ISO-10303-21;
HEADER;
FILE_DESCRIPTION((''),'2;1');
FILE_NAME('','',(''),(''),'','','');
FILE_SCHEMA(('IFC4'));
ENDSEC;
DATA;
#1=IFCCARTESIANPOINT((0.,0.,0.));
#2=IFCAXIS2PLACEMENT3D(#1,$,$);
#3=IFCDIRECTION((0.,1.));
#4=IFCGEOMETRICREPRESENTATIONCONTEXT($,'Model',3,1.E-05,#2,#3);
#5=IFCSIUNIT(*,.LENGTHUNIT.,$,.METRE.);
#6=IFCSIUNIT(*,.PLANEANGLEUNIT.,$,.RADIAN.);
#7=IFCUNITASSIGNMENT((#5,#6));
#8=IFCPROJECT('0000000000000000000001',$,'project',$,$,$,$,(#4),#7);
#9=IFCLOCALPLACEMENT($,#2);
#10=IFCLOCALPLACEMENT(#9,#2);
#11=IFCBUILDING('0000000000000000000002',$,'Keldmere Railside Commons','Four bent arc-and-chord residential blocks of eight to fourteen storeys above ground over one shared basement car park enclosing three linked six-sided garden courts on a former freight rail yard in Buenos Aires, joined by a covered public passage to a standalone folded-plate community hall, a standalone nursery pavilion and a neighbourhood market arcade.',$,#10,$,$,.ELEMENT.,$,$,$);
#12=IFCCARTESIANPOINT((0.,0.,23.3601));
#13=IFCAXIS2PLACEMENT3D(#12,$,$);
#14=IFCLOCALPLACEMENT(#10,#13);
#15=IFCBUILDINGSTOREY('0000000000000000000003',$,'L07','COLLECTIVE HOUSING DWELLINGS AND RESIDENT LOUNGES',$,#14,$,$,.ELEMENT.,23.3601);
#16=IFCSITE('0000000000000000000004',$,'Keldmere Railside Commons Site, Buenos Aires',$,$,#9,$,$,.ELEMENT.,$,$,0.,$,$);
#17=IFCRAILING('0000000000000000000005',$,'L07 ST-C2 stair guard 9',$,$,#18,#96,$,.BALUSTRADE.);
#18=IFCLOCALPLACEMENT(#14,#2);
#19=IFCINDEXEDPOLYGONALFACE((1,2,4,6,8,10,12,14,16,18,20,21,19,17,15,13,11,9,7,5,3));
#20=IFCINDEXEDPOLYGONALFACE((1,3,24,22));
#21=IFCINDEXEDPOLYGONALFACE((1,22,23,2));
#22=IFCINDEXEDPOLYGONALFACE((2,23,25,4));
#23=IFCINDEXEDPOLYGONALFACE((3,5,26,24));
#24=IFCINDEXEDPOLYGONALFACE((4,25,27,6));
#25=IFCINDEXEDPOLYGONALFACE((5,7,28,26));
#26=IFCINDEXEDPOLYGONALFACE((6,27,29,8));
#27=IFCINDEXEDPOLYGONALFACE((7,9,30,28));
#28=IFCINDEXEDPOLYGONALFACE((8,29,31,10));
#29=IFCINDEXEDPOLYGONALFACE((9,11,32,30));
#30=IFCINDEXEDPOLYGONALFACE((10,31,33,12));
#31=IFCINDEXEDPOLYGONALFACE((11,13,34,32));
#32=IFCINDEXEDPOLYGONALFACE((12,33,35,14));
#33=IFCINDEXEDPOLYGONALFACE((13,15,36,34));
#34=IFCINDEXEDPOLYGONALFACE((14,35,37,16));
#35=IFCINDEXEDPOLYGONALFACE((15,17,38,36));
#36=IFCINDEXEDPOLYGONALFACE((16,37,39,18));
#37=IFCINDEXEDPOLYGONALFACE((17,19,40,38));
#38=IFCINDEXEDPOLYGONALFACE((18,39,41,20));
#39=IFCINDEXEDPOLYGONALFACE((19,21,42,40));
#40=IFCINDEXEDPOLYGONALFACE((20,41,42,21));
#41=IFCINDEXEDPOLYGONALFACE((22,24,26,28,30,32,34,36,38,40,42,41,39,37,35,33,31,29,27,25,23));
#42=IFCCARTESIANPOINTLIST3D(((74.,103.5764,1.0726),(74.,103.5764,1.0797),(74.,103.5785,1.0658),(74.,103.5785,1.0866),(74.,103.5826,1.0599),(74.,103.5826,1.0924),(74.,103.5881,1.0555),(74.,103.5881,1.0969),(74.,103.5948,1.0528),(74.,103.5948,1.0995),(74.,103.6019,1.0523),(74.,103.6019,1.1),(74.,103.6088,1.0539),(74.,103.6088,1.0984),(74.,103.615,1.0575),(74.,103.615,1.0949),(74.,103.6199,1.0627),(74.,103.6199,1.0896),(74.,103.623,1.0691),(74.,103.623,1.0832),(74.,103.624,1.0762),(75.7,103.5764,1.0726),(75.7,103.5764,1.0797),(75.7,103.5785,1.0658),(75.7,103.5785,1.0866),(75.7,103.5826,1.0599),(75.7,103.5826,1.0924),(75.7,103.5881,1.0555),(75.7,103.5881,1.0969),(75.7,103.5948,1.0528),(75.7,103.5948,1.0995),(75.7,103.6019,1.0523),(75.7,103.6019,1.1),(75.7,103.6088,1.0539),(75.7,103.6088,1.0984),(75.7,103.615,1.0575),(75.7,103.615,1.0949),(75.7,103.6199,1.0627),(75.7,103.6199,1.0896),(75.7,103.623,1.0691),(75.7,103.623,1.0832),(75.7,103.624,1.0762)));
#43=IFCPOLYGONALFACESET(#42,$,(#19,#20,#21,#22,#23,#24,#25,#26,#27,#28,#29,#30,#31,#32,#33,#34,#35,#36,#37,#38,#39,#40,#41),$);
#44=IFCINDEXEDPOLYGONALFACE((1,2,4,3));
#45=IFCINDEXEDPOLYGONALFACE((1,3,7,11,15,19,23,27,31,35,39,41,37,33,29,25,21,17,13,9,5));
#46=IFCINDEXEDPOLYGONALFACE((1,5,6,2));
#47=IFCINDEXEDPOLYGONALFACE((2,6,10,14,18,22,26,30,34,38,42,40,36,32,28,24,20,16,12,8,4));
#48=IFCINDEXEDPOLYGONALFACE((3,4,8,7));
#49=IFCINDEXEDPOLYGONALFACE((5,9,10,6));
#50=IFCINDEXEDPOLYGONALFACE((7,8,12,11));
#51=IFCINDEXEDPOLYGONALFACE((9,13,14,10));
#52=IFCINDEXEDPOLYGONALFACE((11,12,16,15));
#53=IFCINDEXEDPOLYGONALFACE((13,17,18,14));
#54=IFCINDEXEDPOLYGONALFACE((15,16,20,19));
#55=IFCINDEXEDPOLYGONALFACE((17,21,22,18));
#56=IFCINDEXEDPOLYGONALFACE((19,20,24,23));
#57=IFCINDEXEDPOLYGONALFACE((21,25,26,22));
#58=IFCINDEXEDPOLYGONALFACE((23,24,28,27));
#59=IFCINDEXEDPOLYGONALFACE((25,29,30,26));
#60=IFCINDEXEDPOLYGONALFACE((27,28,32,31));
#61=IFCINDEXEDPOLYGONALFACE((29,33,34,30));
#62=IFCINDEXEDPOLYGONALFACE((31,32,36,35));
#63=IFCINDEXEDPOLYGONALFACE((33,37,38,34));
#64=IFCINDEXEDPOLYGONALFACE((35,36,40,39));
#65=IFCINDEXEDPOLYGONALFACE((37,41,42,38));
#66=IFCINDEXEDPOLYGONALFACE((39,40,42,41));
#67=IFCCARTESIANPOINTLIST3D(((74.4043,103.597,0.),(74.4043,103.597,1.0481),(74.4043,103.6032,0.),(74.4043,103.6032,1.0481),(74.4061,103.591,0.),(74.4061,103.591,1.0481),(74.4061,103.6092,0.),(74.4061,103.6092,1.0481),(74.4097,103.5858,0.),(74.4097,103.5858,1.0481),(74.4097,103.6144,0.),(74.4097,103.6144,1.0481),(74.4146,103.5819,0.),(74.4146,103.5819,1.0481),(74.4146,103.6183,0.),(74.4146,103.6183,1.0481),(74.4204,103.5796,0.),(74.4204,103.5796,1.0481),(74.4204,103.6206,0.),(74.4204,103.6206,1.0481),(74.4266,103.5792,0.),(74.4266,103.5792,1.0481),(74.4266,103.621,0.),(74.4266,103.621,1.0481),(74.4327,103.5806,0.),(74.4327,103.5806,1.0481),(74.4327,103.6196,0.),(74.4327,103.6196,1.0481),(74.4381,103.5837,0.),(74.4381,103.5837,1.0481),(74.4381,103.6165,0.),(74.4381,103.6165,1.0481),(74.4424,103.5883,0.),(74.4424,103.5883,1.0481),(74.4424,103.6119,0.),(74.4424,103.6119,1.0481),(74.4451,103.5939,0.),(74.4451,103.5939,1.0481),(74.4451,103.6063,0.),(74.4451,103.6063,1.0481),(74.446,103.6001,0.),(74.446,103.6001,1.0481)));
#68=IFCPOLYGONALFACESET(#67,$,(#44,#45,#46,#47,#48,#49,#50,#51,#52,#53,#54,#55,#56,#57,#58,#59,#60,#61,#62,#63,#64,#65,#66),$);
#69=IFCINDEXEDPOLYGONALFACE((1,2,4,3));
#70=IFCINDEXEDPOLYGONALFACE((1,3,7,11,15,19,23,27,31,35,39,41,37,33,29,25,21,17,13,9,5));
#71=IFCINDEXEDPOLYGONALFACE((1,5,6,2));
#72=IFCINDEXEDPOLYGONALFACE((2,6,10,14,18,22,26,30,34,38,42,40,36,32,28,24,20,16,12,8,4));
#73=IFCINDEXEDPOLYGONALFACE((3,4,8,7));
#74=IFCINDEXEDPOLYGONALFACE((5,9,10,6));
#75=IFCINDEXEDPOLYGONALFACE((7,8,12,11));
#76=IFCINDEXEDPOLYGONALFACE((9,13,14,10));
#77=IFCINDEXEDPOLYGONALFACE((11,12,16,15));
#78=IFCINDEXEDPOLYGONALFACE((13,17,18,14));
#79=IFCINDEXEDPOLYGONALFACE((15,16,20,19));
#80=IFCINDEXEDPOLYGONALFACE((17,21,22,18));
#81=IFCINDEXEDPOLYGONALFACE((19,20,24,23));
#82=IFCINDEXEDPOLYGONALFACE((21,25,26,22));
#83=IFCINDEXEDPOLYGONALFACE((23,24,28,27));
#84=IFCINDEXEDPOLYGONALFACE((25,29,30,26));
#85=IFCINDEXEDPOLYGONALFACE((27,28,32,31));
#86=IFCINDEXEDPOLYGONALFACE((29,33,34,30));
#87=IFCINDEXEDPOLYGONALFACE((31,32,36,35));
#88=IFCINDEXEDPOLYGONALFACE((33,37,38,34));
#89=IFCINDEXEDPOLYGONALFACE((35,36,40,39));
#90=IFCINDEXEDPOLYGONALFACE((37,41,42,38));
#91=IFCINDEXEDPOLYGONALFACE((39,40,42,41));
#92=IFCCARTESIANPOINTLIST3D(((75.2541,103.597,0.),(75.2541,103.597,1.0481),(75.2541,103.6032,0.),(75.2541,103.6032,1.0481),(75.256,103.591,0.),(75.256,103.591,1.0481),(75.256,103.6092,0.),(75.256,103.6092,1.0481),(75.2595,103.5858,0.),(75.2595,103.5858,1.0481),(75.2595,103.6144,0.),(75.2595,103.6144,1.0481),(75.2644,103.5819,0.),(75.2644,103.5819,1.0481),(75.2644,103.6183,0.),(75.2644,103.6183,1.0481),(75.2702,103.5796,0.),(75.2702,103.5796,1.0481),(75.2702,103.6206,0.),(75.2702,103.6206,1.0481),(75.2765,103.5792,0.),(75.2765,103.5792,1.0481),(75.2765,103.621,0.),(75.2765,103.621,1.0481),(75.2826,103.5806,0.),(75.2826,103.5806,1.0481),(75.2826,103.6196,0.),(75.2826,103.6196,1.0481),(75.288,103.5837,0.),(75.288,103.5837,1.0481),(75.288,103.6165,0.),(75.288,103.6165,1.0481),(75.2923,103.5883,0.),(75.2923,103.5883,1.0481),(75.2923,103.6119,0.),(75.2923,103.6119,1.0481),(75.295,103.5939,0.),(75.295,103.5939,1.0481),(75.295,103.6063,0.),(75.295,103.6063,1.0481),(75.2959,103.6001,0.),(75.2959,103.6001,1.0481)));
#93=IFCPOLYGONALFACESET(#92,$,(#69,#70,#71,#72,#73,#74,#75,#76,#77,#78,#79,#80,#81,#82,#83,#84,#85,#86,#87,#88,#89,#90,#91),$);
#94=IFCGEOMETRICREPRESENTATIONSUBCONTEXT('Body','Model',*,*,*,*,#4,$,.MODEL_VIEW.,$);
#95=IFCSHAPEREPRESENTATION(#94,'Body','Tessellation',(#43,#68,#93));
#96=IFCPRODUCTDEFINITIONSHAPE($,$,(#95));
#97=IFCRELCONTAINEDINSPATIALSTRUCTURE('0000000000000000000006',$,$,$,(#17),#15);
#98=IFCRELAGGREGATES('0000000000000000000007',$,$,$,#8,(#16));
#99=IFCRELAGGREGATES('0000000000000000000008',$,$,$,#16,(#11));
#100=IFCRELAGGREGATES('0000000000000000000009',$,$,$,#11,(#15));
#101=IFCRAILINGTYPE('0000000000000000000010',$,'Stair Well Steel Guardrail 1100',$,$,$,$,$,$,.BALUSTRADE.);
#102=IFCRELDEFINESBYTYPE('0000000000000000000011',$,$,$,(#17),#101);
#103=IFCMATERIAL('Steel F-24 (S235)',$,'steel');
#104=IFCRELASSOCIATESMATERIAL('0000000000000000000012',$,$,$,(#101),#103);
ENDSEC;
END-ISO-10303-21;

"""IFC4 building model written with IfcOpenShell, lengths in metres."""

from ifc_helpers import new_model, si_unit, direction, frame, origin, origin_2d, place, context, subcontext, project, spatial, circle, extrude, material, type_object, element, save


model = new_model("IFC4")

# Units and contexts
model_context = context("Model", 3, precision=1e-05, world=origin(), true_north=direction((0.0, 1.0)))
body_context = subcontext(model_context, "Body", "Model", "MODEL_VIEW")
ifc_project = project(units=[si_unit("LENGTHUNIT", "METRE"), si_unit("PLANEANGLEUNIT", "RADIAN")], contexts=[model_context])

# Site, building, storey
site_placement = place(None, origin())
site = spatial("IfcSite", under=ifc_project, at=site_placement, Name="Keldmere Railside Commons Site, Buenos Aires", CompositionType="ELEMENT", RefElevation=0.0)
building_placement = place(site_placement, origin())
building = spatial("IfcBuilding", under=site, at=building_placement, Name="Keldmere Railside Commons", Description="Four bent arc-and-chord residential blocks of eight to fourteen storeys above ground over one shared basement car park enclosing three linked six-sided garden courts on a former freight rail yard in Buenos Aires, joined by a covered public passage to a standalone folded-plate community hall, a standalone nursery pavilion and a neighbourhood market arcade.", CompositionType="ELEMENT")
storey_placement = place(building_placement, frame((0.0, 0.0, 23.3601)))
storey = spatial("IfcBuildingStorey", under=building, at=storey_placement, Name="L07", Description="COLLECTIVE HOUSING DWELLINGS AND RESIDENT LOUNGES", CompositionType="ELEMENT", Elevation=23.3601)

# Railing
ifc_material_1 = material(Name="Steel F-24 (S235)", Category="steel")
railing_type_1 = type_object("IfcRailingType", Name="Stair Well Steel Guardrail 1100", PredefinedType="BALUSTRADE", material=ifc_material_1)
for number, where, name in (
    (1, (74.0, 103.6001, 0.0), "L07 ST-C2 stair guard 9"),
):
    element("IfcRailing", number, at=place(storey_placement, frame(where)), inside=storey, type_object=railing_type_1, Name=name, PredefinedType="BALUSTRADE", context=body_context, shape_type="SweptSolid", body=[
        extrude(circle(Radius=0.0239, at=origin_2d()), frame((0.0, 0.0, 1.0762), z_axis=(1.0, 0.0, 0.0), x_axis=(0.0, 1.0, 0.0)), (0.0, 0.0, 1.0), 1.7),
        extrude(circle(Radius=0.021, at=origin_2d()), frame((0.425, 0.0, 0.0)), (0.0, 0.0, 1.0), 1.0481),
        extrude(circle(Radius=0.021, at=origin_2d()), frame((1.2749, 0.0, 0.0)), (0.0, 0.0, 1.0), 1.0481),
    ])

save(model, "model.ifc")
